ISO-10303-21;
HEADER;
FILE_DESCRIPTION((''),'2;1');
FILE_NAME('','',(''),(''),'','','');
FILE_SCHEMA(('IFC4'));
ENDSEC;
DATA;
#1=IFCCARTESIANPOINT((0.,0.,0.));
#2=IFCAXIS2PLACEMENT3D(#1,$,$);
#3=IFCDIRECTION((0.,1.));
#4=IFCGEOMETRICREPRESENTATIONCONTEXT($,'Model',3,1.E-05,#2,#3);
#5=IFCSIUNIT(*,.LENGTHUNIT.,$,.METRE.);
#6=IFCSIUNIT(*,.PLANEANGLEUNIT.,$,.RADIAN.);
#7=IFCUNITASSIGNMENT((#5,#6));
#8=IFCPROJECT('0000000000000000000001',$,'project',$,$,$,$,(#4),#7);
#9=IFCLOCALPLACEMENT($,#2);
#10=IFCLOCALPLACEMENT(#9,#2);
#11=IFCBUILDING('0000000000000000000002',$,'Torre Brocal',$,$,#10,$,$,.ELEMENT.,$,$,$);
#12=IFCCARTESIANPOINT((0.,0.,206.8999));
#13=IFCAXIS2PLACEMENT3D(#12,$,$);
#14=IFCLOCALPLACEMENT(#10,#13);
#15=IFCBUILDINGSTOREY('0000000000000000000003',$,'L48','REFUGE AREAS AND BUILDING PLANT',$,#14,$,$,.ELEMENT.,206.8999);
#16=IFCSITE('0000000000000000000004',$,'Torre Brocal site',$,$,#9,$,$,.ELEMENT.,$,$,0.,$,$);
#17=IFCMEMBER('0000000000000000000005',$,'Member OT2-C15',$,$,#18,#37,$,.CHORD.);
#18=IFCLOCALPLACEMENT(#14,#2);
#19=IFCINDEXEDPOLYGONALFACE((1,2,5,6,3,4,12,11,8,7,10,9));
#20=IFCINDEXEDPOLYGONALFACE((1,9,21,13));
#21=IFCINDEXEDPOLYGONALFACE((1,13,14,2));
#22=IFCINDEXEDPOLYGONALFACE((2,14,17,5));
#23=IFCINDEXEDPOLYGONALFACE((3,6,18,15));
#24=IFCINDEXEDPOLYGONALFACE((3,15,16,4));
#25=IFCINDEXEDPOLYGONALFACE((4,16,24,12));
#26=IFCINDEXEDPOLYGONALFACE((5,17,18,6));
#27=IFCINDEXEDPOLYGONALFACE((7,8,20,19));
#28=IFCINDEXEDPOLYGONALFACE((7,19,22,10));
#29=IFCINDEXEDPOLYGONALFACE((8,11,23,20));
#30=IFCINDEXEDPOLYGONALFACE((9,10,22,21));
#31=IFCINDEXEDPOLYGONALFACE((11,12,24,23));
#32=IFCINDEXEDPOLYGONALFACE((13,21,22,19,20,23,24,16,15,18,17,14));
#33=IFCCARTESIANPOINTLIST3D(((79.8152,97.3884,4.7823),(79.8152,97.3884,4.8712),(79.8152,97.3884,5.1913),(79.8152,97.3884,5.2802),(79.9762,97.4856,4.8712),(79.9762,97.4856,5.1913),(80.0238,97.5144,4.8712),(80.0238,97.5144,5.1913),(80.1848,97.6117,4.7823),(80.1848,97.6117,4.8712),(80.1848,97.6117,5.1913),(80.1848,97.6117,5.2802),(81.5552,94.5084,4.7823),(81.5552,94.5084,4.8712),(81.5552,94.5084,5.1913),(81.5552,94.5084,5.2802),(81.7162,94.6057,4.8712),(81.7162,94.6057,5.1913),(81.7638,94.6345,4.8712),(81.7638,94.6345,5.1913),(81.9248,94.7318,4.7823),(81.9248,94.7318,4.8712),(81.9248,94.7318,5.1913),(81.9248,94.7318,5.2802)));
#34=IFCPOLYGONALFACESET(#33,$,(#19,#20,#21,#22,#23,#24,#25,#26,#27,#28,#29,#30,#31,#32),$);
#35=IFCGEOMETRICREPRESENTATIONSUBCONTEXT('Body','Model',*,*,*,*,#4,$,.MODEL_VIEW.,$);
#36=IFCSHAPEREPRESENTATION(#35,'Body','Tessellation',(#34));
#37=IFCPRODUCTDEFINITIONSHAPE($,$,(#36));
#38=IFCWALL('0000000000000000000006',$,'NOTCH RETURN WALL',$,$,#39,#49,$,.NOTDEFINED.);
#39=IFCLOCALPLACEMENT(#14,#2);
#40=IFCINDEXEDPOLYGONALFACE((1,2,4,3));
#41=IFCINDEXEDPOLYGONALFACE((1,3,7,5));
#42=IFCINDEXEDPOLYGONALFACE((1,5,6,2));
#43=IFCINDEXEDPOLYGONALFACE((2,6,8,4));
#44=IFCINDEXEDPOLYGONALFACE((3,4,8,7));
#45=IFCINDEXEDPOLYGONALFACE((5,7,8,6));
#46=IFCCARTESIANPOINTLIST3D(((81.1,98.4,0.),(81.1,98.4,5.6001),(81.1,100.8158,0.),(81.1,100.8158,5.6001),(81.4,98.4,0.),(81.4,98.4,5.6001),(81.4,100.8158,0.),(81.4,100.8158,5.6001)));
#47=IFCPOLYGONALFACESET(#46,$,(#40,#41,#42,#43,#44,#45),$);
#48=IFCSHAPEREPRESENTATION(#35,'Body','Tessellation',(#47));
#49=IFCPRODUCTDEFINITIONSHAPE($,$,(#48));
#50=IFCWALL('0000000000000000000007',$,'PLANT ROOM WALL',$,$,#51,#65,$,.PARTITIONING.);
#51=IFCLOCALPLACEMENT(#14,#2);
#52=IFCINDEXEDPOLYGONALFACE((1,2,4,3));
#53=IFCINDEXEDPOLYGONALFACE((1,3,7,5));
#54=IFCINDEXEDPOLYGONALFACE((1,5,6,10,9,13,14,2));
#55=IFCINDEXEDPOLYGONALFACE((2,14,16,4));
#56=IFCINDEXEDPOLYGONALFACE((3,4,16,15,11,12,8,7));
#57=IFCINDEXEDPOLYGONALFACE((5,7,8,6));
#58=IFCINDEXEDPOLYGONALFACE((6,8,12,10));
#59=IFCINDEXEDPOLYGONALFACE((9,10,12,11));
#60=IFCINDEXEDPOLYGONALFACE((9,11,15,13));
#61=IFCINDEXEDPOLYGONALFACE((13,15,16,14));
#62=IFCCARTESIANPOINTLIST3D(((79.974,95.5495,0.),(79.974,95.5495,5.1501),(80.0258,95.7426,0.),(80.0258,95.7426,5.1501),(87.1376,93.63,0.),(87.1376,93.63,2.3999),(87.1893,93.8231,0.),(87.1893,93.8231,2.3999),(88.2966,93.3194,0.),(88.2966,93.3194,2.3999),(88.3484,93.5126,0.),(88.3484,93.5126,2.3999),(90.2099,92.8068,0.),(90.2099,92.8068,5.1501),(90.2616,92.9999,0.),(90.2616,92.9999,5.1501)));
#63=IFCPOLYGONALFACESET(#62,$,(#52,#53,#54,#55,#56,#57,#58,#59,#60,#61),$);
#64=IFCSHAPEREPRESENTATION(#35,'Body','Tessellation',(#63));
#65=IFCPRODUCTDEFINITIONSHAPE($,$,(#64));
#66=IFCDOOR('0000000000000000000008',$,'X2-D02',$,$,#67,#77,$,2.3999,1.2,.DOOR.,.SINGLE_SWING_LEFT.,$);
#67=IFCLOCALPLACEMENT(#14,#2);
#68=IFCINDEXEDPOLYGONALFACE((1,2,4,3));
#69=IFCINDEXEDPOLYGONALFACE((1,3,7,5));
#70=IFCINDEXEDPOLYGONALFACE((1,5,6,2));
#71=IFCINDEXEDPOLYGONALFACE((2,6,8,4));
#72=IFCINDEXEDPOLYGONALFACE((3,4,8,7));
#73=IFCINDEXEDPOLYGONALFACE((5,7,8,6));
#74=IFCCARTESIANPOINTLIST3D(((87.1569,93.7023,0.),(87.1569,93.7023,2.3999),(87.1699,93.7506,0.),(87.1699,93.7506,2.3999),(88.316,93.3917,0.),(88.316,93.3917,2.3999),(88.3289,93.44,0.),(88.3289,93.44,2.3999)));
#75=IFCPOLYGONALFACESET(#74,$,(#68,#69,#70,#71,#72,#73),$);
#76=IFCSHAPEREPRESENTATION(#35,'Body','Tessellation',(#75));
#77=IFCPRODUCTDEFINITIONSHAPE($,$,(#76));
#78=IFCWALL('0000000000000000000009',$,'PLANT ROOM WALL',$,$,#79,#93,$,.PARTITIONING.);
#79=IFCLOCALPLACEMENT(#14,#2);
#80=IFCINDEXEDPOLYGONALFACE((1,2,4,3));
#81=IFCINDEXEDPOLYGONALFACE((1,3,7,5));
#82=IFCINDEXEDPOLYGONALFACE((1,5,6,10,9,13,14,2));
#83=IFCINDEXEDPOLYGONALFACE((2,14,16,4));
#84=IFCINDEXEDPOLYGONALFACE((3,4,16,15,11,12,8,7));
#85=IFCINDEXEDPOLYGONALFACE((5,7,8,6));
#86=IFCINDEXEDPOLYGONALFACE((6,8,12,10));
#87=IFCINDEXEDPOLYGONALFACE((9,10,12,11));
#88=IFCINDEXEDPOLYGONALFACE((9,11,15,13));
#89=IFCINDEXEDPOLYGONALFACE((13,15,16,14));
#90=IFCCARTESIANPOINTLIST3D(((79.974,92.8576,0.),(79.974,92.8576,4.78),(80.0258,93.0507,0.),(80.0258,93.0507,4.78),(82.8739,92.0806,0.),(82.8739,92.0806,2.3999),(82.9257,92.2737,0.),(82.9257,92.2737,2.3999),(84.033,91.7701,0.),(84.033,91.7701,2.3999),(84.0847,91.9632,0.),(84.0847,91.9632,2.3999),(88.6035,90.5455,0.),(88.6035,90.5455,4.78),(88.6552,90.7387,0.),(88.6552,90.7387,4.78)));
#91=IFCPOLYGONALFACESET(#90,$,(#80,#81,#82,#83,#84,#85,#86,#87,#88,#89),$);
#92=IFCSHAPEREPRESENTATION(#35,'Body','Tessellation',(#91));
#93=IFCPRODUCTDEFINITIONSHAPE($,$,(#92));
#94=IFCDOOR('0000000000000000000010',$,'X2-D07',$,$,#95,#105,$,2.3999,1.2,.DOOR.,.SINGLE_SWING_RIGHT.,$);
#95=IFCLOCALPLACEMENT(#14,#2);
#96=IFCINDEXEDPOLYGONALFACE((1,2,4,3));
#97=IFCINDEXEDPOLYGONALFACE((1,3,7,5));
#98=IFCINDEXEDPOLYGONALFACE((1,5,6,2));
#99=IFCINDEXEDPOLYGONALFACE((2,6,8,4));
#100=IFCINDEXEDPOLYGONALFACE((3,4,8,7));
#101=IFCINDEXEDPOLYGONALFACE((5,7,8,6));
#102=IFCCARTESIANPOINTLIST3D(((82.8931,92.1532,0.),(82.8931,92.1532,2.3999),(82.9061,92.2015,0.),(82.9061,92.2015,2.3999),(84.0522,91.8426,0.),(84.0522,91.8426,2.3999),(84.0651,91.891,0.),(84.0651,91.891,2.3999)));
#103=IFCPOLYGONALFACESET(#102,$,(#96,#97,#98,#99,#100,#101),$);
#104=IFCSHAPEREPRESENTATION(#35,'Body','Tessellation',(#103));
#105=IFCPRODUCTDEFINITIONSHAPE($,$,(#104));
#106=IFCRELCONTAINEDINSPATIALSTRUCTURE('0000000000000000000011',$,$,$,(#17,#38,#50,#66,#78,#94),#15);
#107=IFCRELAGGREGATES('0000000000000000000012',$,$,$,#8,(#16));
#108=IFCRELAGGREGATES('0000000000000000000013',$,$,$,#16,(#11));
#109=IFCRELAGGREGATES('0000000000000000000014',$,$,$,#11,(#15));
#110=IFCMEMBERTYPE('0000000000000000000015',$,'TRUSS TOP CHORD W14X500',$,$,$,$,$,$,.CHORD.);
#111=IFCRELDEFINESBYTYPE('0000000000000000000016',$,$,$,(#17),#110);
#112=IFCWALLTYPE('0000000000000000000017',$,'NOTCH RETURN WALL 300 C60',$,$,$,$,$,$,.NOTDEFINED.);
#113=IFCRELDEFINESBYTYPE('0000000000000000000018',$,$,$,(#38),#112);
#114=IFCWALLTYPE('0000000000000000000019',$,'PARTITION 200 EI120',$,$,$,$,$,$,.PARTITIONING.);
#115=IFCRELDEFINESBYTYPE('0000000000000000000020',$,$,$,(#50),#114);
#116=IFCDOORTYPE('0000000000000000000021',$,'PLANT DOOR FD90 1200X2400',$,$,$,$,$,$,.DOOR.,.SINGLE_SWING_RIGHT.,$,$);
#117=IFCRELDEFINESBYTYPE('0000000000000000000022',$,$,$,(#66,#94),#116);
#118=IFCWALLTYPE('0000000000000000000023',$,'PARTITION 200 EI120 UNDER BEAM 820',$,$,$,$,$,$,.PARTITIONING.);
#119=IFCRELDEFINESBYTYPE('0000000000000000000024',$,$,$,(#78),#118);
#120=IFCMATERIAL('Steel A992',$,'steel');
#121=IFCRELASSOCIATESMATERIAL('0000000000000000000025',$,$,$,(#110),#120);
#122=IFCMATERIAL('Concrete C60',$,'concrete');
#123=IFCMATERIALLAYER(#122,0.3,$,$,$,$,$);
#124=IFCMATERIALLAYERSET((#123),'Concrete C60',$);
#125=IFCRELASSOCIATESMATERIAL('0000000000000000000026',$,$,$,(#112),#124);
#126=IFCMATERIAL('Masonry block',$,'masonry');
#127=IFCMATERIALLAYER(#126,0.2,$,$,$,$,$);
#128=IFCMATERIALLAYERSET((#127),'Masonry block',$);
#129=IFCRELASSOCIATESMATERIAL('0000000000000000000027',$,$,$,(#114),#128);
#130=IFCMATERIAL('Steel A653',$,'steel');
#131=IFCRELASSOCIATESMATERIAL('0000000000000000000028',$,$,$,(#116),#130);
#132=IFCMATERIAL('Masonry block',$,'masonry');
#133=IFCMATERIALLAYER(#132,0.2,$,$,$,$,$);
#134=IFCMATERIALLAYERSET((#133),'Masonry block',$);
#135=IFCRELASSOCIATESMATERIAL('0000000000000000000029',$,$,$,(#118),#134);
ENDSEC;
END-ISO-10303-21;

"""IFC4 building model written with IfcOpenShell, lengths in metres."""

from ifc_helpers import new_model, si_unit, direction, frame, frame_2d, origin, origin_2d, place, context, subcontext, project, spatial, rectangle, i_section, extrude, material, layer, layer_set, material_profile, profile_set, type_object, element, fill, save


model = new_model("IFC4")

# Units and contexts
model_context = context("Model", 3, precision=1e-05, world=origin(), true_north=direction((0.0, 1.0)))
body_context = subcontext(model_context, "Body", "Model", "MODEL_VIEW")
ifc_project = project(units=[si_unit("LENGTHUNIT", "METRE"), si_unit("PLANEANGLEUNIT", "RADIAN")], contexts=[model_context])

# Site, building, storey
site_placement = place(None, origin())
site = spatial("IfcSite", under=ifc_project, at=site_placement, Name="Torre Brocal site", CompositionType="ELEMENT", RefElevation=0.0)
building_placement = place(site_placement, origin())
building = spatial("IfcBuilding", under=site, at=building_placement, Name="Torre Brocal", CompositionType="ELEMENT")
storey_placement = place(building_placement, frame((0.0, 0.0, 206.8999)))
storey = spatial("IfcBuildingStorey", under=building, at=storey_placement, Name="L48", Description="REFUGE AREAS AND BUILDING PLANT", CompositionType="ELEMENT", Elevation=206.8999)

# Member
ifc_material_1 = material(Name="Steel A992", Category="steel")
ifc_material_profile_1 = material_profile(ifc_material_1, i_section(OverallWidth=0.4319, OverallDepth=0.4978, WebThickness=0.0557, FlangeThickness=0.0889, at=origin_2d()), Name="W14X500")
ifc_profile_set_1 = profile_set([ifc_material_profile_1], Name="Steel A992")
member_type_1 = type_object("IfcMemberType", Name="TRUSS TOP CHORD W14X500", PredefinedType="CHORD", material=ifc_profile_set_1)
member_1_placement = place(storey_placement, frame((81.74, 94.6201, 5.0312), z_axis=(-0.517129, 0.855908, 0.0), x_axis=(-0.855908, -0.517129, 0.0)))
element("IfcMember", 1, at=member_1_placement, inside=storey, type_object=member_type_1, Name="Member OT2-C15", PredefinedType="CHORD", context=body_context, shape_type="SweptSolid", body=[
    extrude(i_section(OverallWidth=0.4319, OverallDepth=0.4978, WebThickness=0.0557, FlangeThickness=0.0889, at=origin_2d()), origin(), (0.0, 0.0, 1.0), 3.3647),
])

# Wall
ifc_material_2 = material(Name="Concrete C60", Category="concrete")
ifc_layer_1 = layer(ifc_material_2, 0.3)
ifc_layer_set_1 = layer_set([ifc_layer_1], Name="Concrete C60")
wall_type_1 = type_object("IfcWallType", Name="NOTCH RETURN WALL 300 C60", PredefinedType="NOTDEFINED", material=ifc_layer_set_1)
wall_1_placement = place(storey_placement, frame((81.25, 98.3999, 0.0), z_axis=(0.0, 0.0, 1.0), x_axis=(0.0, 1.0, 0.0)))
element("IfcWall", 2, at=wall_1_placement, inside=storey, type_object=wall_type_1, Name="NOTCH RETURN WALL", PredefinedType="NOTDEFINED", context=body_context, shape_type="SweptSolid", body=[
    extrude(rectangle(XDim=2.4158, YDim=0.3, at=frame_2d((1.208, 0.0))), origin(), (0.0, 0.0, 1.0), 5.6001),
])

# Walls, openings, doors
ifc_material_3 = material(Name="Masonry block", Category="masonry")
ifc_layer_2 = layer(ifc_material_3, 0.2)
ifc_layer_set_2 = layer_set([ifc_layer_2], Name="Masonry block")
wall_type_2 = type_object("IfcWallType", Name="PARTITION 200 EI120", PredefinedType="PARTITIONING", material=ifc_layer_set_2)
wall_2_placement = place(storey_placement, frame((80.0, 95.646, 0.0), z_axis=(0.0, 0.0, 1.0), x_axis=(0.965926, -0.258818, 0.0)))
wall_2 = element("IfcWall", 3, at=wall_2_placement, inside=storey, type_object=wall_type_2, Name="PLANT ROOM WALL", PredefinedType="PARTITIONING", context=body_context, shape_type="SweptSolid", body=[
    extrude(rectangle(XDim=10.5969, YDim=0.2, at=frame_2d((5.2983, 0.0))), origin(), (0.0, 0.0, 1.0), 5.1501),
])
opening_1_placement = place(wall_2_placement, frame((7.416, 0.0, 0.0)))
opening_1 = element("IfcOpeningElement", 4, at=opening_1_placement, cuts=wall_2, PredefinedType="OPENING", context=body_context, shape_type="SweptSolid", body=[
    extrude(rectangle(XDim=1.2, YDim=2.3999, at=frame_2d((0.6001, 1.2))), frame((0.0, 0.1099, 0.0), z_axis=(0.0, -1.0, 0.0), x_axis=(1.0, 0.0, 0.0)), (0.0, 0.0, 1.0), 0.22),
])
ifc_material_4 = material(Name="Steel A653", Category="steel")
door_type = type_object("IfcDoorType", Name="PLANT DOOR FD90 1200X2400", OperationType="SINGLE_SWING_RIGHT", PredefinedType="DOOR", material=ifc_material_4)
door_1_placement = place(opening_1_placement, origin())
door_1 = element("IfcDoor", 5, at=door_1_placement, inside=storey, type_object=door_type, Name="X2-D02", OperationType="SINGLE_SWING_LEFT", OverallHeight=2.3999, OverallWidth=1.2, PredefinedType="DOOR", context=body_context, shape_type="SweptSolid", body=[
    extrude(rectangle(XDim=1.2, YDim=2.3999, at=frame_2d((0.6001, 1.2))), frame((0.0, 0.0249, 0.0), z_axis=(0.0, -1.0, 0.0), x_axis=(1.0, 0.0, 0.0)), (0.0, 0.0, 1.0), 0.05),
])
fill(opening_1, door_1)
ifc_material_5 = material(Name="Masonry block", Category="masonry")
ifc_layer_3 = layer(ifc_material_5, 0.2)
ifc_layer_set_3 = layer_set([ifc_layer_3], Name="Masonry block")
wall_type_3 = type_object("IfcWallType", Name="PARTITION 200 EI120 UNDER BEAM 820", PredefinedType="PARTITIONING", material=ifc_layer_set_3)
wall_3_placement = place(storey_placement, frame((80.0, 92.9541, 0.0), z_axis=(0.0, 0.0, 1.0), x_axis=(0.965932, -0.258795, 0.0)))
wall_3 = element("IfcWall", 6, at=wall_3_placement, inside=storey, type_object=wall_type_3, Name="PLANT ROOM WALL", PredefinedType="PARTITIONING", context=body_context, shape_type="SweptSolid", body=[
    extrude(rectangle(XDim=8.9338, YDim=0.2, at=frame_2d((4.4668, 0.0))), origin(), (0.0, 0.0, 1.0), 4.78),
])
opening_2_placement = place(wall_3_placement, frame((3.002, 0.0, 0.0)))
opening_2 = element("IfcOpeningElement", 7, at=opening_2_placement, cuts=wall_3, PredefinedType="OPENING", context=body_context, shape_type="SweptSolid", body=[
    extrude(rectangle(XDim=1.2, YDim=2.3999, at=frame_2d((0.6001, 1.2))), frame((0.0, 0.1099, 0.0), z_axis=(0.0, -1.0, 0.0), x_axis=(1.0, 0.0, 0.0)), (0.0, 0.0, 1.0), 0.22),
])
door_2_placement = place(opening_2_placement, frame((1.2, 0.0, 0.0), z_axis=(0.0, 0.0, 1.0), x_axis=(-1.0, 0.0, 0.0)))
door_2 = element("IfcDoor", 8, at=door_2_placement, inside=storey, type_object=door_type, Name="X2-D07", OperationType="SINGLE_SWING_RIGHT", OverallHeight=2.3999, OverallWidth=1.2, PredefinedType="DOOR", context=body_context, shape_type="SweptSolid", body=[
    extrude(rectangle(XDim=1.2, YDim=2.3999, at=frame_2d((0.6001, 1.2))), frame((0.0, 0.0249, 0.0), z_axis=(0.0, -1.0, 0.0), x_axis=(1.0, 0.0, 0.0)), (0.0, 0.0, 1.0), 0.05),
])
fill(opening_2, door_2)

save(model, "model.ifc")
